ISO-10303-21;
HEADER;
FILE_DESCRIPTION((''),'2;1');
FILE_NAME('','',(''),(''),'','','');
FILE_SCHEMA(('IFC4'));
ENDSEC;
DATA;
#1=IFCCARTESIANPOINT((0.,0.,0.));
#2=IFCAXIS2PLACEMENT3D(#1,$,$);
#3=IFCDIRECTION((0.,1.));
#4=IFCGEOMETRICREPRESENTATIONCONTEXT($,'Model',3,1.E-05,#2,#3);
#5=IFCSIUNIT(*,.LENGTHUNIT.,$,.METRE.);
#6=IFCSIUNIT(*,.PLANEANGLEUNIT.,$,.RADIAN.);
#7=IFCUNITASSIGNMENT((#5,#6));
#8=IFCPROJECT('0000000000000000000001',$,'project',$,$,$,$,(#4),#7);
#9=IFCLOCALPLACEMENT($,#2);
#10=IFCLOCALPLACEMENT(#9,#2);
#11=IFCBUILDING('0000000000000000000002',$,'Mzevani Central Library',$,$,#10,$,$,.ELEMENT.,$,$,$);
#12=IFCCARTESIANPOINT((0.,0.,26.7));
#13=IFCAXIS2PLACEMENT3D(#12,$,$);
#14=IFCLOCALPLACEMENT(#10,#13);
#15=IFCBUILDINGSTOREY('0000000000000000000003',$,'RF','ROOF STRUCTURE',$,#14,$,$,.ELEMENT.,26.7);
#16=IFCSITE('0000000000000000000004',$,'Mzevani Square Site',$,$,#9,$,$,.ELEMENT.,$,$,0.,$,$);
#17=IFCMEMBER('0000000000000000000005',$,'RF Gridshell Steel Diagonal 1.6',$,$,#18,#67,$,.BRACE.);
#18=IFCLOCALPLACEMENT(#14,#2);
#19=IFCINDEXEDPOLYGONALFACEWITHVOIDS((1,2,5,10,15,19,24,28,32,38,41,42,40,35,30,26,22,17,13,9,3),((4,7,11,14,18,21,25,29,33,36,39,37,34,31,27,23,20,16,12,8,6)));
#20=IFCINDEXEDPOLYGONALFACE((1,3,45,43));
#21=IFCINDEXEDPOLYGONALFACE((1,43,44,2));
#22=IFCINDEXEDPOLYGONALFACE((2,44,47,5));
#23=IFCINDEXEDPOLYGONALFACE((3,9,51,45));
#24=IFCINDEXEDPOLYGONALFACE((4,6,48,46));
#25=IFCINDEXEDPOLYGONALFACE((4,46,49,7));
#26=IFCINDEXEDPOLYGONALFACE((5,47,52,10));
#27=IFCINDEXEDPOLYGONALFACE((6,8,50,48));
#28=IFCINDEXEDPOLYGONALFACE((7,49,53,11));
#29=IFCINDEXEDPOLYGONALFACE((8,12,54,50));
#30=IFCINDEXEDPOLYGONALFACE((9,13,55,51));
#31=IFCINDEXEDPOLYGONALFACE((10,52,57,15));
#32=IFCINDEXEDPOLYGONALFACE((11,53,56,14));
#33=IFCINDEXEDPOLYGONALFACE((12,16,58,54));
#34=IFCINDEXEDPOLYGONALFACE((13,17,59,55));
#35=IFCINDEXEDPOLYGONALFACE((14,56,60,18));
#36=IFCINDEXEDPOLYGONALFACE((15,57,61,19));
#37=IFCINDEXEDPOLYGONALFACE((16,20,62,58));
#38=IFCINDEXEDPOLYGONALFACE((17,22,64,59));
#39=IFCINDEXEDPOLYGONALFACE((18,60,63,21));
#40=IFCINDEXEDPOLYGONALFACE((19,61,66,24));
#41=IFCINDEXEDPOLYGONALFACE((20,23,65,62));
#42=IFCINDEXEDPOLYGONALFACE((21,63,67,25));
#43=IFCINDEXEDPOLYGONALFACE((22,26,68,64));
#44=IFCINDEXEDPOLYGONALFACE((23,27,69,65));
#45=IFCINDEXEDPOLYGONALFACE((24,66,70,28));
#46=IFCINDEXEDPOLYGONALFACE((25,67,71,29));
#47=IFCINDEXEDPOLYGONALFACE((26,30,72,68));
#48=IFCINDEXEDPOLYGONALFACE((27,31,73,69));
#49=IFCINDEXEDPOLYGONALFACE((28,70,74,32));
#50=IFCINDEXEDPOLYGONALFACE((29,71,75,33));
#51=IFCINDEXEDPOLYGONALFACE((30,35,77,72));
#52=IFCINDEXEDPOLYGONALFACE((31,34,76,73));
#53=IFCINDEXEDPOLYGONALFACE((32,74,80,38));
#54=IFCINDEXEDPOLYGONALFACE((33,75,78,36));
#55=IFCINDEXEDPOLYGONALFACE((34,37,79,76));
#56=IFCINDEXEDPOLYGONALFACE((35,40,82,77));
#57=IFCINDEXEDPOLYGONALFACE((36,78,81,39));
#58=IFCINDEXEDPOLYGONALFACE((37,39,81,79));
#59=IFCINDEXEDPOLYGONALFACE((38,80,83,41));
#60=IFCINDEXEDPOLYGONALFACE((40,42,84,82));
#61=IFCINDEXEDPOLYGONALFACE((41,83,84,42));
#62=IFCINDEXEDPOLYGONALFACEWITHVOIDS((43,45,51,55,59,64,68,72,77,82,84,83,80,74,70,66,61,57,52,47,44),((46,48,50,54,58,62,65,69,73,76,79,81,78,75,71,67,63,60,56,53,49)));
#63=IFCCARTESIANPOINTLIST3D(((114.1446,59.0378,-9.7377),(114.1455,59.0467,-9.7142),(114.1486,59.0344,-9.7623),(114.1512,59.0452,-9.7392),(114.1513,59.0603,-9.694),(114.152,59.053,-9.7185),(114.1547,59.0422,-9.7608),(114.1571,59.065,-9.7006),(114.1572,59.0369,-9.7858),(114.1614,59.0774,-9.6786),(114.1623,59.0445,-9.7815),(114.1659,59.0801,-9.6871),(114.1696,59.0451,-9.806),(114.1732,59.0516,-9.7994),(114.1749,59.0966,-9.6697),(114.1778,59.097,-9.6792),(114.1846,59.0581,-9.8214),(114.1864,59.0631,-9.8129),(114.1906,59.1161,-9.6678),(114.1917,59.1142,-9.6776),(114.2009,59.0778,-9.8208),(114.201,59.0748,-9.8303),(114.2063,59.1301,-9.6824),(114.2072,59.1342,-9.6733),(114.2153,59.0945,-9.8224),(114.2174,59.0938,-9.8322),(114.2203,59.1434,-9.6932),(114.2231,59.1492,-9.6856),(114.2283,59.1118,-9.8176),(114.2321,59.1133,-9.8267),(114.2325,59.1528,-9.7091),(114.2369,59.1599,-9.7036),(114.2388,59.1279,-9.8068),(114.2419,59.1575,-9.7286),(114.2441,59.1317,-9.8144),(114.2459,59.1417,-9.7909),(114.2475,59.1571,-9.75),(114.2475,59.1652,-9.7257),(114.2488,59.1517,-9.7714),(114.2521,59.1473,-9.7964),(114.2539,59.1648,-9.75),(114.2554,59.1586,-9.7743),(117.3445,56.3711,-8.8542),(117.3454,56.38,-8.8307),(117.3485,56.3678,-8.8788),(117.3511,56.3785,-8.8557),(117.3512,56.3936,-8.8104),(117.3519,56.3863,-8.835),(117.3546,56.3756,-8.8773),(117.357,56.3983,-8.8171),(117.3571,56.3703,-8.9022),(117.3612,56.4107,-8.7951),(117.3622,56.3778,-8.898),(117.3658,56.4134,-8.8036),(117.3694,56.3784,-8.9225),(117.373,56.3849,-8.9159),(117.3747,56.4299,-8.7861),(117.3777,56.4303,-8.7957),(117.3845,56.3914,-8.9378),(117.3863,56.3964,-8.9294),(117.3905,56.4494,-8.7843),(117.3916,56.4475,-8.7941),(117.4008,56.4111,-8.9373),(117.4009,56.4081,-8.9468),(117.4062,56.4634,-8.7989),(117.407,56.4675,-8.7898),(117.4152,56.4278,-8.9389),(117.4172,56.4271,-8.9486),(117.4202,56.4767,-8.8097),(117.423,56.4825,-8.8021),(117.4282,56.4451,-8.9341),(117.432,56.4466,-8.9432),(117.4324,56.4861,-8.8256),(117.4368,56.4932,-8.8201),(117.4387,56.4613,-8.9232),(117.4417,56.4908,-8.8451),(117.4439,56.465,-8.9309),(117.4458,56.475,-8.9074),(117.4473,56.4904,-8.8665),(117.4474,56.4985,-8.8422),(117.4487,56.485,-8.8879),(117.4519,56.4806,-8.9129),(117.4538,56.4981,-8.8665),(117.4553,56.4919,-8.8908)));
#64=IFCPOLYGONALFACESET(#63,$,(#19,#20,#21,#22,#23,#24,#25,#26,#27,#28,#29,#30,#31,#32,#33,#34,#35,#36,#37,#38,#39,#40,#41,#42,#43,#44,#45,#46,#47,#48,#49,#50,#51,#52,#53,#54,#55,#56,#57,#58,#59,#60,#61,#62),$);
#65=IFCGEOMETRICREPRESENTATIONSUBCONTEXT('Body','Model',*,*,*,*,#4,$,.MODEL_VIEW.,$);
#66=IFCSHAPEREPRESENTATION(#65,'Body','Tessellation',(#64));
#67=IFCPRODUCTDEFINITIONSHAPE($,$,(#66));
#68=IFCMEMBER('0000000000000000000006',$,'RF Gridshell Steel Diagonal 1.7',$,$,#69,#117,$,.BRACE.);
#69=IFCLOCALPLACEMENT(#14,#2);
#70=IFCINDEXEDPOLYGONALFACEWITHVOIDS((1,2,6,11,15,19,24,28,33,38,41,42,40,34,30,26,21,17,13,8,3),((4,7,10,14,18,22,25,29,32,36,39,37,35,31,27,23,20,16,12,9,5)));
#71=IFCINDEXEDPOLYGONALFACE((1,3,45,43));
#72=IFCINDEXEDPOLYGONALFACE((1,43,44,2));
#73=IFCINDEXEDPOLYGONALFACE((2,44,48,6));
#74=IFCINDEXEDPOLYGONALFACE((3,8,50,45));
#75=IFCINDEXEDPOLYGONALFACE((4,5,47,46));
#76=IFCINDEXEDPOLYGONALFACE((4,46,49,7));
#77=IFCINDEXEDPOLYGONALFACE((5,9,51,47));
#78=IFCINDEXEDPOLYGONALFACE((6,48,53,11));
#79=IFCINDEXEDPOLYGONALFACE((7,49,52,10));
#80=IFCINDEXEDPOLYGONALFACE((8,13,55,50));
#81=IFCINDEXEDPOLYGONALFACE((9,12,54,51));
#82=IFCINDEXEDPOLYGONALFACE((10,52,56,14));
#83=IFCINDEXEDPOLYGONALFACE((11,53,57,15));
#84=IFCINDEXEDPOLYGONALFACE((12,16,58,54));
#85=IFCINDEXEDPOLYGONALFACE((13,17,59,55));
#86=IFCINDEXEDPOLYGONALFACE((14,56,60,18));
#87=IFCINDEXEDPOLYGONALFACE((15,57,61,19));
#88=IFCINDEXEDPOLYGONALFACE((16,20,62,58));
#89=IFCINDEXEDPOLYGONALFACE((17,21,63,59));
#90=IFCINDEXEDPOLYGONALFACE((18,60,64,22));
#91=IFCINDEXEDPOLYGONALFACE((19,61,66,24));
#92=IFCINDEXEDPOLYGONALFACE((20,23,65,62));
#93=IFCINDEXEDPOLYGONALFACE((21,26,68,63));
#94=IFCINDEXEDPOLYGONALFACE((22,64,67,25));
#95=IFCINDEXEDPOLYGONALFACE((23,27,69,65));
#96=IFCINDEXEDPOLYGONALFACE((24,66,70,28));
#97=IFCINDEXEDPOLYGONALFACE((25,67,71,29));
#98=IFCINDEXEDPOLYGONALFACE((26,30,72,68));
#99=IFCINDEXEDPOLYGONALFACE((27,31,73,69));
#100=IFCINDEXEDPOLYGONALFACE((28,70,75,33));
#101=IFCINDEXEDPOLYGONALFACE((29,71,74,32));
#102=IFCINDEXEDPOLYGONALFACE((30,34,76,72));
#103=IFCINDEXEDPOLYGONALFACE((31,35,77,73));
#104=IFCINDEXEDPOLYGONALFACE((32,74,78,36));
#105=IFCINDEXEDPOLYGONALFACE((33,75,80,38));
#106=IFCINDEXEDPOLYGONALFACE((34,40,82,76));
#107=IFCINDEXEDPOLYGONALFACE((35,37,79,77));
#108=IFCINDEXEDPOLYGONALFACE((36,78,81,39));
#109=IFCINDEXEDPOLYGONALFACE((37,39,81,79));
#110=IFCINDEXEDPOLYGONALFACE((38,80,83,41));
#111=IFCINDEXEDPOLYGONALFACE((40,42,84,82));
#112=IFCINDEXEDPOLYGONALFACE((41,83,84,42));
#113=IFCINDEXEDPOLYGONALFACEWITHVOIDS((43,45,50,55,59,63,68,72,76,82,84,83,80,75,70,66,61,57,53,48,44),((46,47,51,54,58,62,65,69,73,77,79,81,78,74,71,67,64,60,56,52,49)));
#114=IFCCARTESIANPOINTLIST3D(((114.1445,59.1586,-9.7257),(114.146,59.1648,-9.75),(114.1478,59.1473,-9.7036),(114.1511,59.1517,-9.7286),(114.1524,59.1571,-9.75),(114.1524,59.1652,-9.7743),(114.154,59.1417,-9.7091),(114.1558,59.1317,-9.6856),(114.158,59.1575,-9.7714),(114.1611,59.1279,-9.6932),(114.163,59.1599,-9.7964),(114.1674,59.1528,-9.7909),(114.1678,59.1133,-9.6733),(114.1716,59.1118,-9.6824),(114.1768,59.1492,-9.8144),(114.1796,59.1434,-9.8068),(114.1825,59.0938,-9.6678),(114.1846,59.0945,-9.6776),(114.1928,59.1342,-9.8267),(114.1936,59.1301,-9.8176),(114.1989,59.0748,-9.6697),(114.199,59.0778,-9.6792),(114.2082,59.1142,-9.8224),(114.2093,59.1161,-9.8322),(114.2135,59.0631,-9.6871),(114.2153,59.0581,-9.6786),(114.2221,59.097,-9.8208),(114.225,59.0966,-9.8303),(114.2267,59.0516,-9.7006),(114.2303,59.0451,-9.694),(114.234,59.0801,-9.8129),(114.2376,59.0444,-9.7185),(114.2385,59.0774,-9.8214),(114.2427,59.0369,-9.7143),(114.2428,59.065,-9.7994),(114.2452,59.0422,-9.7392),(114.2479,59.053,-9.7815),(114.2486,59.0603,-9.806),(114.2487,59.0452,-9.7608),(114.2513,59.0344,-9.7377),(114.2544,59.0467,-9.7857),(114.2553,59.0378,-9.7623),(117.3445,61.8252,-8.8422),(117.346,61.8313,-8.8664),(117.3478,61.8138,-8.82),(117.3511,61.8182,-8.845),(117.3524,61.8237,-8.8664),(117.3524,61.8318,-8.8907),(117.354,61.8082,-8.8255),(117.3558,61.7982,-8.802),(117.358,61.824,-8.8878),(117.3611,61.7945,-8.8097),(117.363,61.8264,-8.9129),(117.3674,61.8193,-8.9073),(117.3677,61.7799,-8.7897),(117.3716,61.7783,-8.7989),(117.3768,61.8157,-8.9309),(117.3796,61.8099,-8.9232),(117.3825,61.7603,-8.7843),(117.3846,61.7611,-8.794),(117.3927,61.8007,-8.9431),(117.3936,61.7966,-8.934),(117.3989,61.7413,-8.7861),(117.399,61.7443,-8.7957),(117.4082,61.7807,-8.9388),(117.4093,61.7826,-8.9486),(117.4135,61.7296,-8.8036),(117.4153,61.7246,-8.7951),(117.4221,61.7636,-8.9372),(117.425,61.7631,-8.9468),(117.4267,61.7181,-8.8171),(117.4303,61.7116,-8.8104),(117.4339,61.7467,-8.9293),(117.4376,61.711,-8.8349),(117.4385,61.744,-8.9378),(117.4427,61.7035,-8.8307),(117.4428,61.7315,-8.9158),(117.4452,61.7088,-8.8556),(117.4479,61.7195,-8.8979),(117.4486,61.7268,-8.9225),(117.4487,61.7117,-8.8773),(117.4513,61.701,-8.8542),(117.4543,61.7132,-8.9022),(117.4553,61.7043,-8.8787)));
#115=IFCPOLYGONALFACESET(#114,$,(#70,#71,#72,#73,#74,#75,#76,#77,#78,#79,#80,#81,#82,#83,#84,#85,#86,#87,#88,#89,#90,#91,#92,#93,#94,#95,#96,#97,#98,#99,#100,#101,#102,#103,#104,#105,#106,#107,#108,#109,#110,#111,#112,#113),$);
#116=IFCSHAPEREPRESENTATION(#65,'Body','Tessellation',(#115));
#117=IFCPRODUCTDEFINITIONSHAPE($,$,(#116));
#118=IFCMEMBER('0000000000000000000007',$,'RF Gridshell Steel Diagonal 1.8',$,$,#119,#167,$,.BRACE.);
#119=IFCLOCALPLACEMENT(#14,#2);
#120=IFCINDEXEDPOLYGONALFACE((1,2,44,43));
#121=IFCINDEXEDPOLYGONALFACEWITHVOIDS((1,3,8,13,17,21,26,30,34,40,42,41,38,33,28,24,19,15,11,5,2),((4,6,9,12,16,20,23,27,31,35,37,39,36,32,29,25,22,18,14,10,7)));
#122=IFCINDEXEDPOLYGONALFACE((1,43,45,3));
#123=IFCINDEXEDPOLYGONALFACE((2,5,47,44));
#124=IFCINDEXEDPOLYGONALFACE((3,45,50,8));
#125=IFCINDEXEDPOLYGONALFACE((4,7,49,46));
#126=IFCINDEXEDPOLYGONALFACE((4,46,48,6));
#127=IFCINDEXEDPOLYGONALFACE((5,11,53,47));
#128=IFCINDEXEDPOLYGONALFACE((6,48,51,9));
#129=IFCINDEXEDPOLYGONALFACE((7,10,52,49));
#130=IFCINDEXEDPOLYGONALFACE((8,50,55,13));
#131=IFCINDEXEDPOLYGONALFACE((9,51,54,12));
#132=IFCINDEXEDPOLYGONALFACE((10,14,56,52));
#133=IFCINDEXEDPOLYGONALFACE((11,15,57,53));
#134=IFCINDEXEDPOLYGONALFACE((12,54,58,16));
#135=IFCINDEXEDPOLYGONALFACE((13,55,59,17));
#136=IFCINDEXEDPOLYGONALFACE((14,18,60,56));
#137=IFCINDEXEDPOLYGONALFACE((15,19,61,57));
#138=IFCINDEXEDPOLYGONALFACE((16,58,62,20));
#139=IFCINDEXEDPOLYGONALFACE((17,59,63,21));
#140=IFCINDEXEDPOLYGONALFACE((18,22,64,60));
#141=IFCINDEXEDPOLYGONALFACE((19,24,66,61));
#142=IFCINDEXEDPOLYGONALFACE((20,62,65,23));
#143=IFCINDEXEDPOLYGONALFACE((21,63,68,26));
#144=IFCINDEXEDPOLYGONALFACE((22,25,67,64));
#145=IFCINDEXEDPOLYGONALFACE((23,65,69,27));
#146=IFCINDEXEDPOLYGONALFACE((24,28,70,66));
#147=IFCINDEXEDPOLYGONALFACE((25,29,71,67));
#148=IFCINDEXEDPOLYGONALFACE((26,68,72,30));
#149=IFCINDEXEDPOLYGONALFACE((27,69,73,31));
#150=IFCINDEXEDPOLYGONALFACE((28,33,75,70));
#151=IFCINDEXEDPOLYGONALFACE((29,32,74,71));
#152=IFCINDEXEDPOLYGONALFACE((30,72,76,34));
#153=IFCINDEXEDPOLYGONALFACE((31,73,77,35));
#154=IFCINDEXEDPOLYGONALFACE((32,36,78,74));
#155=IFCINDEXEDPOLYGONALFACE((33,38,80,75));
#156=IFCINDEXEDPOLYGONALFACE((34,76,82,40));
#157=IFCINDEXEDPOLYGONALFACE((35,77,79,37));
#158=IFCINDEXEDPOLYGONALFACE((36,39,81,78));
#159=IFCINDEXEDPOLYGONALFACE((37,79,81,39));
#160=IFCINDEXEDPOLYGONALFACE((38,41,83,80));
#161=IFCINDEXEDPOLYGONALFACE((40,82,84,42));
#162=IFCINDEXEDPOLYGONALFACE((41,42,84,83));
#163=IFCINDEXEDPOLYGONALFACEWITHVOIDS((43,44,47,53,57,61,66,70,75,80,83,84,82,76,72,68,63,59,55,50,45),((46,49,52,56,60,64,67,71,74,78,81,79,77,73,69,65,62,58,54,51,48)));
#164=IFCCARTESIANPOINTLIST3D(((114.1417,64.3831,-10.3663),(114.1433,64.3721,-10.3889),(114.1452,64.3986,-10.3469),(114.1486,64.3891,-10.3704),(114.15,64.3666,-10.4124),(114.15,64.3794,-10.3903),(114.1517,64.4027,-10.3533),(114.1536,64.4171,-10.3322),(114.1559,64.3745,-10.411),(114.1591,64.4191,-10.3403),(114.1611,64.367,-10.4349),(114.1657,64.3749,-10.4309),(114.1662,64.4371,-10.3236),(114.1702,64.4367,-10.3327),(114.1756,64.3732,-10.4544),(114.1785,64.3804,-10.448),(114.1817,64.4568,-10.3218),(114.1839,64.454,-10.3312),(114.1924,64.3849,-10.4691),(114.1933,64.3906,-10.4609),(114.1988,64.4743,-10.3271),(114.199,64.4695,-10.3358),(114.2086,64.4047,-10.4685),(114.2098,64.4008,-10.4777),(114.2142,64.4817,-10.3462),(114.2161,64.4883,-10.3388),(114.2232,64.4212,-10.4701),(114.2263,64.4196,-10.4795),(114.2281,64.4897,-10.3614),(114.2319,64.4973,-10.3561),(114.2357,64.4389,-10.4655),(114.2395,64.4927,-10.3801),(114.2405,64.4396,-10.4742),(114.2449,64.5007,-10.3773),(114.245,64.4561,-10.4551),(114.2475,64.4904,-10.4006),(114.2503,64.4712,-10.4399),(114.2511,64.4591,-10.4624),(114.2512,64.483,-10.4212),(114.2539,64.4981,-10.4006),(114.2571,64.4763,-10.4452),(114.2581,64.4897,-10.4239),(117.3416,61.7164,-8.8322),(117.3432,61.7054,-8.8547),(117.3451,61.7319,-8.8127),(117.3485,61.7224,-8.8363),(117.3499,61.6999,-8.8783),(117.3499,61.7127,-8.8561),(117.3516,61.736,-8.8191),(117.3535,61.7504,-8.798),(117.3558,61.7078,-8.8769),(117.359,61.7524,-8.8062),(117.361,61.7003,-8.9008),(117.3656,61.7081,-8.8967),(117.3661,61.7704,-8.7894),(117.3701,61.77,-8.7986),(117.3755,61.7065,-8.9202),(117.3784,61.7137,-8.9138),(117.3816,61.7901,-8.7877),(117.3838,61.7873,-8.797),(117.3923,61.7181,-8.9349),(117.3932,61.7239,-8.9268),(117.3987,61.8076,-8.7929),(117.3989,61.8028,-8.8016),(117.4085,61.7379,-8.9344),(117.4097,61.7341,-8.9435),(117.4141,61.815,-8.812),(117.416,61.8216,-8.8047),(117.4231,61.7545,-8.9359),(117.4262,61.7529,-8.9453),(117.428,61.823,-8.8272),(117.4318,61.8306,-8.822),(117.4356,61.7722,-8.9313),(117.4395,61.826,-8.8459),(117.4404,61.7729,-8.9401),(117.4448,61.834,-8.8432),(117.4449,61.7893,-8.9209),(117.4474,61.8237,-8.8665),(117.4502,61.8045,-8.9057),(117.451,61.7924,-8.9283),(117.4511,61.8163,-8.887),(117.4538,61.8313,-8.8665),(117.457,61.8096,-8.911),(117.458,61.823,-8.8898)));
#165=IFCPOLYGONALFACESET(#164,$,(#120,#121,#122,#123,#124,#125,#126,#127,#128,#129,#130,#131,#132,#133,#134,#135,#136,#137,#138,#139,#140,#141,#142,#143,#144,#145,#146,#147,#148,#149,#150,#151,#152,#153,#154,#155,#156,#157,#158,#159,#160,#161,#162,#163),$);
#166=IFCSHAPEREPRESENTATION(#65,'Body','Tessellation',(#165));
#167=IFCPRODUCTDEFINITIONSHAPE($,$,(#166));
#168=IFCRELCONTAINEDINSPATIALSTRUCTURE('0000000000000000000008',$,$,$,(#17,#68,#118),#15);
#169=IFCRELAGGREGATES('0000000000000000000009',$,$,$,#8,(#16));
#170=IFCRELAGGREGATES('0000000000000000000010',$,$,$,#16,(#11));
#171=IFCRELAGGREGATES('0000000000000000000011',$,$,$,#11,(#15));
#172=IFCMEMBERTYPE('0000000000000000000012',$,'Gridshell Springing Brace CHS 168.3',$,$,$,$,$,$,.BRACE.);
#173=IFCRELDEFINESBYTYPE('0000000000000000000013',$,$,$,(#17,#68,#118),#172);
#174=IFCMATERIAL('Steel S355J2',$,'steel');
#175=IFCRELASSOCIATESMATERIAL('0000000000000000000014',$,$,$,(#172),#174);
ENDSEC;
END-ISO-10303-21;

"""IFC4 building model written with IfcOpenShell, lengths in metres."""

from ifc_helpers import new_model, si_unit, direction, frame, origin, origin_2d, place, context, subcontext, project, spatial, hollow_circle, extrude, material, material_profile, profile_set, type_object, element, save


model = new_model("IFC4")

# Units and contexts
model_context = context("Model", 3, precision=1e-05, world=origin(), true_north=direction((0.0, 1.0)))
body_context = subcontext(model_context, "Body", "Model", "MODEL_VIEW")
ifc_project = project(units=[si_unit("LENGTHUNIT", "METRE"), si_unit("PLANEANGLEUNIT", "RADIAN")], contexts=[model_context])

# Site, building, storey
site_placement = place(None, origin())
site = spatial("IfcSite", under=ifc_project, at=site_placement, Name="Mzevani Square Site", CompositionType="ELEMENT", RefElevation=0.0)
building_placement = place(site_placement, origin())
building = spatial("IfcBuilding", under=site, at=building_placement, Name="Mzevani Central Library", CompositionType="ELEMENT")
storey_placement = place(building_placement, frame((0.0, 0.0, 26.7)))
storey = spatial("IfcBuildingStorey", under=building, at=storey_placement, Name="RF", Description="ROOF STRUCTURE", CompositionType="ELEMENT", Elevation=26.7)

# Members
ifc_material_1 = material(Name="Steel S355J2", Category="steel")
ifc_material_profile_1 = material_profile(ifc_material_1, hollow_circle(Radius=0.0842, WallThickness=0.01, at=origin_2d()), Name="CHS 168.3x10.0")
ifc_profile_set_1 = profile_set([ifc_material_profile_1], Name="Steel S355J2")
member_type_1 = type_object("IfcMemberType", Name="Gridshell Springing Brace CHS 168.3", PredefinedType="BRACE", material=ifc_profile_set_1)
for number, where, z_axis, x_axis, name in (
    (1, (114.2, 59.1001, -9.75), (0.751488, -0.626268, 0.207495), (0.640202, 0.768207, 0.0), "RF Gridshell Steel Diagonal 1.6"),
    (2, (114.2, 59.1001, -9.75), (0.751515, 0.626234, 0.207502), (-0.640167, 0.768236, 0.0), "RF Gridshell Steel Diagonal 1.7"),
):
    element("IfcMember", number, at=place(storey_placement, frame(where, z_axis=z_axis, x_axis=x_axis)), inside=storey, type_object=member_type_1, Name=name, PredefinedType="BRACE", context=body_context, shape_type="SweptSolid", body=[
        extrude(hollow_circle(Radius=0.0842, WallThickness=0.01, at=origin_2d()), origin(), (0.0, 0.0, 1.0), 4.2581),
    ])
member_1_placement = place(storey_placement, frame((114.2, 64.4333, -10.4006), z_axis=(0.720868, -0.600751, 0.345612), x_axis=(0.640202, 0.768207, 0.0)))
element("IfcMember", 3, at=member_1_placement, inside=storey, type_object=member_type_1, Name="RF Gridshell Steel Diagonal 1.8", PredefinedType="BRACE", context=body_context, shape_type="SweptSolid", body=[
    extrude(hollow_circle(Radius=0.0842, WallThickness=0.01, at=origin_2d()), origin(), (0.0, 0.0, 1.0), 4.439),
])

save(model, "model.ifc")
